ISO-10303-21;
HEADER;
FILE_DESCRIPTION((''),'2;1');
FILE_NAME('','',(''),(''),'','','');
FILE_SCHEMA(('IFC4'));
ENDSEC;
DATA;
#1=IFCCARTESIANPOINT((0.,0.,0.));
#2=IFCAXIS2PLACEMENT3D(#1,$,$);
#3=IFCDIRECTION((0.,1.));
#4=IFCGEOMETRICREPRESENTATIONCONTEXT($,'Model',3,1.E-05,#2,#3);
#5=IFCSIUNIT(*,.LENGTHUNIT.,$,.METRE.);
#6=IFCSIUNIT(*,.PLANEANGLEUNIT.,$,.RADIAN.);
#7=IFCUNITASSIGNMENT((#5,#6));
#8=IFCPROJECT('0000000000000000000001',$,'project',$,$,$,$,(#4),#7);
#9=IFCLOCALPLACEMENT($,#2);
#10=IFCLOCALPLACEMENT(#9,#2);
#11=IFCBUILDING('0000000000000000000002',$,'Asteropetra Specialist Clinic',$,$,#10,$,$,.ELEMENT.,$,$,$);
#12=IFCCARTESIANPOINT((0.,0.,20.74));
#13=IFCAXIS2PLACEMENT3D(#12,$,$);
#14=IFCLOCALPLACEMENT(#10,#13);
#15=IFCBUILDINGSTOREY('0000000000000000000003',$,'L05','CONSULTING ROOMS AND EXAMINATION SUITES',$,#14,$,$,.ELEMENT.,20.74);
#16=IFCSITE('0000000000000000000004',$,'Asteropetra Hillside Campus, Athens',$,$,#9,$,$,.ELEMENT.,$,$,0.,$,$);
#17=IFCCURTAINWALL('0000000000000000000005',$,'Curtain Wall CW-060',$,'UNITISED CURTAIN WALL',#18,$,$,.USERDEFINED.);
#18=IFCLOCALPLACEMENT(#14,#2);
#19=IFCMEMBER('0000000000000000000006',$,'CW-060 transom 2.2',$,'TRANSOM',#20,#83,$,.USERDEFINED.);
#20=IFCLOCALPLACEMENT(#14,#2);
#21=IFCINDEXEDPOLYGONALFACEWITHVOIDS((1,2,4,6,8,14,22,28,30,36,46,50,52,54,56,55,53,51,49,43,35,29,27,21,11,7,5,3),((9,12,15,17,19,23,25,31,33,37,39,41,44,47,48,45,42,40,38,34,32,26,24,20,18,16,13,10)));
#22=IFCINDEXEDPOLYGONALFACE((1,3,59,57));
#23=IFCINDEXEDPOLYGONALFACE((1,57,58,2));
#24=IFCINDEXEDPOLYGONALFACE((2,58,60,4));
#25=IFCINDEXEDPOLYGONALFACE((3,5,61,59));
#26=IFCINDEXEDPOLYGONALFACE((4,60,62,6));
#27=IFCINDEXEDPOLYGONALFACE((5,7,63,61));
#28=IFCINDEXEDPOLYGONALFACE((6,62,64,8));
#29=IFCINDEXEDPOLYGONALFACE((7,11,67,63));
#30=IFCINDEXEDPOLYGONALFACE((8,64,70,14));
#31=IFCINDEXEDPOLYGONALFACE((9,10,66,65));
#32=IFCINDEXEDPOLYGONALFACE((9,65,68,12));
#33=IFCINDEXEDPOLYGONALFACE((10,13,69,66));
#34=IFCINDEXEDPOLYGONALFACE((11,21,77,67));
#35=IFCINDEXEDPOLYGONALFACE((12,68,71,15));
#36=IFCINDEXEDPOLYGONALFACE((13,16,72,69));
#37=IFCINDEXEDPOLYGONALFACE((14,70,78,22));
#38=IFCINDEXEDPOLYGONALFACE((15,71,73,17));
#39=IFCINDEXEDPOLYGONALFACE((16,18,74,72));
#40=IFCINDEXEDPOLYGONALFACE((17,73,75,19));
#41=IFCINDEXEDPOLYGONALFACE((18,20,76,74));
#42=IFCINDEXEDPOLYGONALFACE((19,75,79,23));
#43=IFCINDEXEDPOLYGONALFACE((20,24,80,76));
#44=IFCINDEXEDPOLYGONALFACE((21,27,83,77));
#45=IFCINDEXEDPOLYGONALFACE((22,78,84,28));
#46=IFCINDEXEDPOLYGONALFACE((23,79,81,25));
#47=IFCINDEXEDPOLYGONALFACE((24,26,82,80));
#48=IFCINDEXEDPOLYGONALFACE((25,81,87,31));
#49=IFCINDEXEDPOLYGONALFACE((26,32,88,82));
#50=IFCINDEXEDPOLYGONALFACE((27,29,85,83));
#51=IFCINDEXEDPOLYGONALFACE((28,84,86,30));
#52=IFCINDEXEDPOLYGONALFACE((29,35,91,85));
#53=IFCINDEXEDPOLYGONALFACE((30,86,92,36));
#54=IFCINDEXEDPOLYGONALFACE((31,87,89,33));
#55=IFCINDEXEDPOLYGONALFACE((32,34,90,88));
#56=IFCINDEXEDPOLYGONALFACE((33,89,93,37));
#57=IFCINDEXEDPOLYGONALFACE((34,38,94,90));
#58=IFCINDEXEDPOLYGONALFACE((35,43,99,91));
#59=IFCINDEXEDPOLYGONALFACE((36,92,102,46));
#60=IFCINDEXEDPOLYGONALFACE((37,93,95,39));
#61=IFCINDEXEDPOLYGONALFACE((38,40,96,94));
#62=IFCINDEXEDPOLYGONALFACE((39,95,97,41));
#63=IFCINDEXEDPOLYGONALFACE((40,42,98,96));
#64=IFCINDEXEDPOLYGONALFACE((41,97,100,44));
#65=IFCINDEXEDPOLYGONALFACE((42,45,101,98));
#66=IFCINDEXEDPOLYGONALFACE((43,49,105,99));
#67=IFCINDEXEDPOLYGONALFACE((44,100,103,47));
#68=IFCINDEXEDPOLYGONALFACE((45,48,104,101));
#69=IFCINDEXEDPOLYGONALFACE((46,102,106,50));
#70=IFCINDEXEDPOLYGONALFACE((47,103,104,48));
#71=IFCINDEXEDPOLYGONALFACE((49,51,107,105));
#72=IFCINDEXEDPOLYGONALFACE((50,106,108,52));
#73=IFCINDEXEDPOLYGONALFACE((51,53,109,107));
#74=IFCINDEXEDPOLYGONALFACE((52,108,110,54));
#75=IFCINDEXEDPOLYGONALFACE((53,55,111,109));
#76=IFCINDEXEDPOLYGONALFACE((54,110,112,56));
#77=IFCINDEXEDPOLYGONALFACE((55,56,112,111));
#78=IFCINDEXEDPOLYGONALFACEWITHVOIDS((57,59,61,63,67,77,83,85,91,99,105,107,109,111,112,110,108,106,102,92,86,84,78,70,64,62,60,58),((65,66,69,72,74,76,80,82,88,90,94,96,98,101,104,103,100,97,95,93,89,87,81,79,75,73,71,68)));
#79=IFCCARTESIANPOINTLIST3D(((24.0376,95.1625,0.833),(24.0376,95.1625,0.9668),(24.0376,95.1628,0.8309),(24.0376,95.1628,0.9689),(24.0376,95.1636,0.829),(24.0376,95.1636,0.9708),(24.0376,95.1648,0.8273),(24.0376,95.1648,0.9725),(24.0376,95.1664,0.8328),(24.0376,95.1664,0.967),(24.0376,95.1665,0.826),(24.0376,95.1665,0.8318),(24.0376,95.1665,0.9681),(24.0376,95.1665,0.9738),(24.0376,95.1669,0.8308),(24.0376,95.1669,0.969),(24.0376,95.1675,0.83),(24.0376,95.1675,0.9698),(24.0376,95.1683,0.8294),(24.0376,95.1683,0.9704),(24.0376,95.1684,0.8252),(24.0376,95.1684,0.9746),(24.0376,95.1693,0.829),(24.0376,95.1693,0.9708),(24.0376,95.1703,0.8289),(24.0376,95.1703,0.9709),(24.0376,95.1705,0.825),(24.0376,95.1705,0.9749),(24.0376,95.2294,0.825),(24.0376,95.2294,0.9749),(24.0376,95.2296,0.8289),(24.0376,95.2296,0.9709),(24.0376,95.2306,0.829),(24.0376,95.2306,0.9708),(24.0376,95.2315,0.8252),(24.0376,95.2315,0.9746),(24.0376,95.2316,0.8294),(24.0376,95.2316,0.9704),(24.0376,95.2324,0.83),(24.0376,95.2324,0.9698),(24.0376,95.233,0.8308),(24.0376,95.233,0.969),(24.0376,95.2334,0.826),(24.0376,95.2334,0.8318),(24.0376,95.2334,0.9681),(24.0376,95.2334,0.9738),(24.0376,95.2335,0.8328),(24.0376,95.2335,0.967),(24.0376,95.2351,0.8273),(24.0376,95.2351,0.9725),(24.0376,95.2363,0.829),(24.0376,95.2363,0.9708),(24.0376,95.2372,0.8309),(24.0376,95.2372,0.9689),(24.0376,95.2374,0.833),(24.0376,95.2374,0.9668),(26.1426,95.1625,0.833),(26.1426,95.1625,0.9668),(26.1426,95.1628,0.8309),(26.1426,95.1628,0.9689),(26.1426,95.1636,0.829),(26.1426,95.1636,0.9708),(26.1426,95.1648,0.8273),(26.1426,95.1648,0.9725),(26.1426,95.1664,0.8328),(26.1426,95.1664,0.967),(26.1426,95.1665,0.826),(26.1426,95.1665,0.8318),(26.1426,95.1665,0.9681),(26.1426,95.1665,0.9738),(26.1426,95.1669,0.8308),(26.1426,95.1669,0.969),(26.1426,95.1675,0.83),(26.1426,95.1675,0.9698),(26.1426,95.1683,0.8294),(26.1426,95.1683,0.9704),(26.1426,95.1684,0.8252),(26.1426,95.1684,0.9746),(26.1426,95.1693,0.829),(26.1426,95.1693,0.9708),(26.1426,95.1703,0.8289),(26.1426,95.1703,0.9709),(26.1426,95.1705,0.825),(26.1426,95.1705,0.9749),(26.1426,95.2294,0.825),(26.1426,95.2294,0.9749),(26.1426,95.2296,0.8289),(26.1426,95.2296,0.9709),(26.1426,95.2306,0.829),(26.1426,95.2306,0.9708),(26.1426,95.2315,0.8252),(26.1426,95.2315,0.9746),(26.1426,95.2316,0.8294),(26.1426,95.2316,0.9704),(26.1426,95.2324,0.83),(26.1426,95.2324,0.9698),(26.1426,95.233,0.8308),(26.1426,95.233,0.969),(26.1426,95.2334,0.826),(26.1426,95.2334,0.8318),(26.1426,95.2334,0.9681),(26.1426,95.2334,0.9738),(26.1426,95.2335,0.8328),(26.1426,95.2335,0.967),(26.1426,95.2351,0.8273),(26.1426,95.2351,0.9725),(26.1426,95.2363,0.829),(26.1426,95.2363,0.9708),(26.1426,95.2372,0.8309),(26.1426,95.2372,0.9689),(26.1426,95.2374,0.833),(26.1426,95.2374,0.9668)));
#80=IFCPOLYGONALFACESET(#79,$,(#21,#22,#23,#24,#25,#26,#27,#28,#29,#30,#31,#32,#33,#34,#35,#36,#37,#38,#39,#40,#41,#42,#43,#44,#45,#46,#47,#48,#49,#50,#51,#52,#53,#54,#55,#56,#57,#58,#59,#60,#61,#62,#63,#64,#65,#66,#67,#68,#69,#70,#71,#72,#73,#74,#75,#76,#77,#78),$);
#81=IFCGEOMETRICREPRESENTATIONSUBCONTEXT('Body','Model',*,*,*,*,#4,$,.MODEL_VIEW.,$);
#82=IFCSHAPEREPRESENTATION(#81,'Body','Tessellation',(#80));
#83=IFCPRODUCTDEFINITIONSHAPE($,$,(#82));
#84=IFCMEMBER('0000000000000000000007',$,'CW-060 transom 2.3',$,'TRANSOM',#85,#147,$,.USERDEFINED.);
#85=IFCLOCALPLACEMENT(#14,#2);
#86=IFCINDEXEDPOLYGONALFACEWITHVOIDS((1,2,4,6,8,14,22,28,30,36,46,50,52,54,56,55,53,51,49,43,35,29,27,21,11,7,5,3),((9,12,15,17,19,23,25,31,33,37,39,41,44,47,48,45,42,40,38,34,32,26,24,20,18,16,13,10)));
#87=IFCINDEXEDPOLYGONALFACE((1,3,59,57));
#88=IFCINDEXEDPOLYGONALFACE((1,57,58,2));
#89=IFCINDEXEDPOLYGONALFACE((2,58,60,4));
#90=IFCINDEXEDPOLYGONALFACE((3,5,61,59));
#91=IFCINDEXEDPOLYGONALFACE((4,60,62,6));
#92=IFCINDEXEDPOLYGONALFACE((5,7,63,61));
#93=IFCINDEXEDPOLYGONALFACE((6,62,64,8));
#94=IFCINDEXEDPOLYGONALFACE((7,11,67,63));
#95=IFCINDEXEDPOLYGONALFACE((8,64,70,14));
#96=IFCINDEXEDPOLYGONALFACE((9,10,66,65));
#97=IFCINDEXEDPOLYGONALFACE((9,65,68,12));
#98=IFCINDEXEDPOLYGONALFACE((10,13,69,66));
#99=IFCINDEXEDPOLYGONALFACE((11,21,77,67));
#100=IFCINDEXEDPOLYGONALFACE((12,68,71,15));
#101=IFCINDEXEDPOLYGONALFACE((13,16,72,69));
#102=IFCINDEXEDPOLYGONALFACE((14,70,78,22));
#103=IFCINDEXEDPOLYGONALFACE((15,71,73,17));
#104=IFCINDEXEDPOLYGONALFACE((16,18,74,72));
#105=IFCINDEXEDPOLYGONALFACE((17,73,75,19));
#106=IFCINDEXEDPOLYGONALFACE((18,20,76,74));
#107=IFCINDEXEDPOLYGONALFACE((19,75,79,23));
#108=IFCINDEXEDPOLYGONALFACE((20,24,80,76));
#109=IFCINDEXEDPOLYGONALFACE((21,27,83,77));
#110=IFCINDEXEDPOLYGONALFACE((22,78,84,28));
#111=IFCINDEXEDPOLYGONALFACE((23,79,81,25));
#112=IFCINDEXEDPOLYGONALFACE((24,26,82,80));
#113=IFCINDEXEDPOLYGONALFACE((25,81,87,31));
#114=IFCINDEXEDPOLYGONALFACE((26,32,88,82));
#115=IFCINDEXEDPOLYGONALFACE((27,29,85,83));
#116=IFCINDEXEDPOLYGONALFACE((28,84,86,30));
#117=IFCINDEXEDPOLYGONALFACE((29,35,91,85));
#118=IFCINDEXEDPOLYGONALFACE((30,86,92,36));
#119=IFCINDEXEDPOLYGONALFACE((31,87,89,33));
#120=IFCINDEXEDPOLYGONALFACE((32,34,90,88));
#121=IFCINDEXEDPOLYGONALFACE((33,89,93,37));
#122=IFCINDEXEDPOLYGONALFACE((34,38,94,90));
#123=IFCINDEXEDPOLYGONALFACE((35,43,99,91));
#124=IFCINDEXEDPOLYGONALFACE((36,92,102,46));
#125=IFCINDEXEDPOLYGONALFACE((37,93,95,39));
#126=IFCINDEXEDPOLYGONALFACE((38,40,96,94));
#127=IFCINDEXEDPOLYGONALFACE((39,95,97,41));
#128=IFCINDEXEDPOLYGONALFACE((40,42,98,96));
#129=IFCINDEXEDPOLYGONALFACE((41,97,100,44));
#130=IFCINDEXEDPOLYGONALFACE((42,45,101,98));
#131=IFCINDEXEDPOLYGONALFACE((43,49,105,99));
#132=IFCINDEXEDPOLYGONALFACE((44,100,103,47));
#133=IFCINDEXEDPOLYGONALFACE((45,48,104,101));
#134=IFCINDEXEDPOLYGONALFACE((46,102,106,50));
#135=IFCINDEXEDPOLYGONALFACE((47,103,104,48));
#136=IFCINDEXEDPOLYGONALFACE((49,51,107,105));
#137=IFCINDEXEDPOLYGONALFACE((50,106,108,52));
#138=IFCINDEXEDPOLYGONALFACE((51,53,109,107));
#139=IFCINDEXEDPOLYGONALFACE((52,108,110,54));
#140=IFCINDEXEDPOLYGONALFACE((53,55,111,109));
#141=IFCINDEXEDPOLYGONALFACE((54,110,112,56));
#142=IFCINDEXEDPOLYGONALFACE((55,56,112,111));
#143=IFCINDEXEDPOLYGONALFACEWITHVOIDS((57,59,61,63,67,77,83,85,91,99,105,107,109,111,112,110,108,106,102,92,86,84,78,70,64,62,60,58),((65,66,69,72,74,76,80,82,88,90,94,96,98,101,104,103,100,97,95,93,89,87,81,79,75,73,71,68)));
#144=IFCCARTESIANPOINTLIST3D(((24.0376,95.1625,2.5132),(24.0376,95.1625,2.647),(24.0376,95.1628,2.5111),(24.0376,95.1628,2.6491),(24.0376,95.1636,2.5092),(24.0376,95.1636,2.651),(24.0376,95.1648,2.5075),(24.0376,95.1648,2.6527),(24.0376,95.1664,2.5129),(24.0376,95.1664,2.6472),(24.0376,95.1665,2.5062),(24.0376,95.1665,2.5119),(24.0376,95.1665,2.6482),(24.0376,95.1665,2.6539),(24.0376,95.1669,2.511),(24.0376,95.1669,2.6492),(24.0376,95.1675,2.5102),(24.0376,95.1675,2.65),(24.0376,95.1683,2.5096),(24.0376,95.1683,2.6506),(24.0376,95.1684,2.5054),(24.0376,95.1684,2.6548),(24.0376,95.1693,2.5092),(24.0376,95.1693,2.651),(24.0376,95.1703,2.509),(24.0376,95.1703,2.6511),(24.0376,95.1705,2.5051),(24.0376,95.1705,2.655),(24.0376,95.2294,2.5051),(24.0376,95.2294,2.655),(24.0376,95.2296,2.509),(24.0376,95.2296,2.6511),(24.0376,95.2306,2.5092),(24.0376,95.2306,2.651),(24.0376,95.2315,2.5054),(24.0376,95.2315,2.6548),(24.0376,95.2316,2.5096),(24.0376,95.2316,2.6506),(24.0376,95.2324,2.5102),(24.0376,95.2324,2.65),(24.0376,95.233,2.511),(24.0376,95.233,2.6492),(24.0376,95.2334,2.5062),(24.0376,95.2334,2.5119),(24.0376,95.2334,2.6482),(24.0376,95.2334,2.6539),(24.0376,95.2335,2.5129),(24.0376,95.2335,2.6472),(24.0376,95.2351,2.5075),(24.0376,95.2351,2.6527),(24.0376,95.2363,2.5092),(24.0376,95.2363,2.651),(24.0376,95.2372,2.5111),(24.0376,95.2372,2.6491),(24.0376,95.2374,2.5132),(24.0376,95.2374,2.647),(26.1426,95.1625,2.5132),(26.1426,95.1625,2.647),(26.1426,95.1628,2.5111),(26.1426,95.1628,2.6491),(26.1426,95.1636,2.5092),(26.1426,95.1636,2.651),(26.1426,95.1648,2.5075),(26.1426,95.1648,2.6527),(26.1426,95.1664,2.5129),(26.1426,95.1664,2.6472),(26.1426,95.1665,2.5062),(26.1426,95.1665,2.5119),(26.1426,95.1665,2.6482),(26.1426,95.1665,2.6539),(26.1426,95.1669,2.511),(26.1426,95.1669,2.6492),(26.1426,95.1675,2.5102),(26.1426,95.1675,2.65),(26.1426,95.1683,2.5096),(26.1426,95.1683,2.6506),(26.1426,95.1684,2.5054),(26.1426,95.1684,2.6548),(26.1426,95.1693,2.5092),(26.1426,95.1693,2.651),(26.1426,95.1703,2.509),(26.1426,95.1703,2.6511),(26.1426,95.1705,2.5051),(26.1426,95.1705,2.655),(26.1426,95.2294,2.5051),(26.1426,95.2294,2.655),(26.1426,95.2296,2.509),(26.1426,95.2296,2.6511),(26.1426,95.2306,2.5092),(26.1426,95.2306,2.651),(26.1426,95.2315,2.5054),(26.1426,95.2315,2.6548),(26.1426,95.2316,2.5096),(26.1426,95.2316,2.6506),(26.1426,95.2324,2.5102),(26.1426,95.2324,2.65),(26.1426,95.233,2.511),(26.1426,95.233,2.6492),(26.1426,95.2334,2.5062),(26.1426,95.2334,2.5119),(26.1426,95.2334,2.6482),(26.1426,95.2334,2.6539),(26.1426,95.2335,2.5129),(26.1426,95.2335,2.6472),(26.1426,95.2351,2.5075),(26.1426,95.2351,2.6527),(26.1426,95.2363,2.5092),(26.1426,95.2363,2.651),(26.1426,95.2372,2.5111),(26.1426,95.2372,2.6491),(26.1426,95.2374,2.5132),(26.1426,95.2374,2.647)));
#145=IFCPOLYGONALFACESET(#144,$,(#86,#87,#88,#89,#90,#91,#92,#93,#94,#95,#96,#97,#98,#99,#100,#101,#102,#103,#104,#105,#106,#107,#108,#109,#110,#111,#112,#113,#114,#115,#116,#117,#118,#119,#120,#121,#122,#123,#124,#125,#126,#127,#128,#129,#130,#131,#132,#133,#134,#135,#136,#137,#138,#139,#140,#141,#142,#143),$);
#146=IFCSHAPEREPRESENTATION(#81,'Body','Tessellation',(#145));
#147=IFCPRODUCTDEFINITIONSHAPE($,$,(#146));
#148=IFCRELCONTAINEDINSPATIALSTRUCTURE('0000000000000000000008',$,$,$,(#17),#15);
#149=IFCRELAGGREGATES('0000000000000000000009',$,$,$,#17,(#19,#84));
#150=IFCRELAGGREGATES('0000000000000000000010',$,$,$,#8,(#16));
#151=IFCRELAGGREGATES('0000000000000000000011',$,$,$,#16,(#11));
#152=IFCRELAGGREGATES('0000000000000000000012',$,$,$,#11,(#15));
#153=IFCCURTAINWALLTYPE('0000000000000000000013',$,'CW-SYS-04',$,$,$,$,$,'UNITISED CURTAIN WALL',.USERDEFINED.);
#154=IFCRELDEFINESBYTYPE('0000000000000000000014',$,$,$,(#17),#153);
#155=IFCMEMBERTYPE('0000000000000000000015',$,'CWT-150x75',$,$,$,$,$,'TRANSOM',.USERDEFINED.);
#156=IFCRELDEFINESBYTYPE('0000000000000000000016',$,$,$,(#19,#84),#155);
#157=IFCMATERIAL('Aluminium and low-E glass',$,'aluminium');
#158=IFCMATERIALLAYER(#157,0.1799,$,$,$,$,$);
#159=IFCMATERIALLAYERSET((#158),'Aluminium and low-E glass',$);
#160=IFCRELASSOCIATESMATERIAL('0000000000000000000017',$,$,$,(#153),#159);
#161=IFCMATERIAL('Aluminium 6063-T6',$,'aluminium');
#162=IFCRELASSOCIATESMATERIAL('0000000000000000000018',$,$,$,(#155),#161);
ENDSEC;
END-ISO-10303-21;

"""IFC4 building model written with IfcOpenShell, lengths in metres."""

from ifc_helpers import new_model, si_unit, direction, frame, origin, origin_2d, place, context, subcontext, project, spatial, hollow_rectangle, extrude, material, layer, layer_set, material_profile, profile_set, type_object, element, aggregate, save


model = new_model("IFC4")

# Units and contexts
model_context = context("Model", 3, precision=1e-05, world=origin(), true_north=direction((0.0, 1.0)))
body_context = subcontext(model_context, "Body", "Model", "MODEL_VIEW")
ifc_project = project(units=[si_unit("LENGTHUNIT", "METRE"), si_unit("PLANEANGLEUNIT", "RADIAN")], contexts=[model_context])

# Site, building, storey
site_placement = place(None, origin())
site = spatial("IfcSite", under=ifc_project, at=site_placement, Name="Asteropetra Hillside Campus, Athens", CompositionType="ELEMENT", RefElevation=0.0)
building_placement = place(site_placement, origin())
building = spatial("IfcBuilding", under=site, at=building_placement, Name="Asteropetra Specialist Clinic", CompositionType="ELEMENT")
storey_placement = place(building_placement, frame((0.0, 0.0, 20.74)))
storey = spatial("IfcBuildingStorey", under=building, at=storey_placement, Name="L05", Description="CONSULTING ROOMS AND EXAMINATION SUITES", CompositionType="ELEMENT", Elevation=20.74)

# Curtain wall, members
ifc_material_1 = material(Name="Aluminium and low-E glass", Category="aluminium")
ifc_layer_1 = layer(ifc_material_1, 0.1799)
ifc_layer_set_1 = layer_set([ifc_layer_1], Name="Aluminium and low-E glass")
curtain_wall_type_1 = type_object("IfcCurtainWallType", Name="CW-SYS-04", ElementType="UNITISED CURTAIN WALL", PredefinedType="USERDEFINED", material=ifc_layer_set_1)
curtain_wall_1_placement = place(storey_placement, origin())
curtain_wall_1 = element("IfcCurtainWall", 1, at=curtain_wall_1_placement, inside=storey, type_object=curtain_wall_type_1, Name="Curtain Wall CW-060", ObjectType="UNITISED CURTAIN WALL", PredefinedType="USERDEFINED")
ifc_material_2 = material(Name="Aluminium 6063-T6", Category="aluminium")
ifc_material_profile_1 = material_profile(ifc_material_2, hollow_rectangle(XDim=0.075, YDim=0.1499, WallThickness=0.0039, InnerFilletRadius=0.0039, OuterFilletRadius=0.0081, at=origin_2d()), Name="TRN 150x75x4.0")
ifc_profile_set_1 = profile_set([ifc_material_profile_1], Name="Aluminium 6063-T6")
member_type_1 = type_object("IfcMemberType", Name="CWT-150x75", ElementType="TRANSOM", PredefinedType="USERDEFINED", material=ifc_profile_set_1)
member_1_placement = place(storey_placement, frame((26.1426, 95.2, 0.8999), z_axis=(-1.0, 0.0, 0.0), x_axis=(0.0, -1.0, 0.0)))
member_1 = element("IfcMember", 2, at=member_1_placement, type_object=member_type_1, Name="CW-060 transom 2.2", ObjectType="TRANSOM", PredefinedType="USERDEFINED", context=body_context, shape_type="SweptSolid", body=[
    extrude(hollow_rectangle(XDim=0.075, YDim=0.1499, WallThickness=0.0039, InnerFilletRadius=0.0039, OuterFilletRadius=0.0081, at=origin_2d()), origin(), (0.0, 0.0, 1.0), 2.105),
])
member_2_placement = place(storey_placement, frame((26.1426, 95.2, 2.5801), z_axis=(-1.0, 0.0, 0.0), x_axis=(0.0, -1.0, 0.0)))
member_2 = element("IfcMember", 3, at=member_2_placement, type_object=member_type_1, Name="CW-060 transom 2.3", ObjectType="TRANSOM", PredefinedType="USERDEFINED", context=body_context, shape_type="SweptSolid", body=[
    extrude(hollow_rectangle(XDim=0.075, YDim=0.1499, WallThickness=0.0039, InnerFilletRadius=0.0039, OuterFilletRadius=0.0081, at=origin_2d()), origin(), (0.0, 0.0, 1.0), 2.105),
])
aggregate(curtain_wall_1, [member_1, member_2])

save(model, "model.ifc")
